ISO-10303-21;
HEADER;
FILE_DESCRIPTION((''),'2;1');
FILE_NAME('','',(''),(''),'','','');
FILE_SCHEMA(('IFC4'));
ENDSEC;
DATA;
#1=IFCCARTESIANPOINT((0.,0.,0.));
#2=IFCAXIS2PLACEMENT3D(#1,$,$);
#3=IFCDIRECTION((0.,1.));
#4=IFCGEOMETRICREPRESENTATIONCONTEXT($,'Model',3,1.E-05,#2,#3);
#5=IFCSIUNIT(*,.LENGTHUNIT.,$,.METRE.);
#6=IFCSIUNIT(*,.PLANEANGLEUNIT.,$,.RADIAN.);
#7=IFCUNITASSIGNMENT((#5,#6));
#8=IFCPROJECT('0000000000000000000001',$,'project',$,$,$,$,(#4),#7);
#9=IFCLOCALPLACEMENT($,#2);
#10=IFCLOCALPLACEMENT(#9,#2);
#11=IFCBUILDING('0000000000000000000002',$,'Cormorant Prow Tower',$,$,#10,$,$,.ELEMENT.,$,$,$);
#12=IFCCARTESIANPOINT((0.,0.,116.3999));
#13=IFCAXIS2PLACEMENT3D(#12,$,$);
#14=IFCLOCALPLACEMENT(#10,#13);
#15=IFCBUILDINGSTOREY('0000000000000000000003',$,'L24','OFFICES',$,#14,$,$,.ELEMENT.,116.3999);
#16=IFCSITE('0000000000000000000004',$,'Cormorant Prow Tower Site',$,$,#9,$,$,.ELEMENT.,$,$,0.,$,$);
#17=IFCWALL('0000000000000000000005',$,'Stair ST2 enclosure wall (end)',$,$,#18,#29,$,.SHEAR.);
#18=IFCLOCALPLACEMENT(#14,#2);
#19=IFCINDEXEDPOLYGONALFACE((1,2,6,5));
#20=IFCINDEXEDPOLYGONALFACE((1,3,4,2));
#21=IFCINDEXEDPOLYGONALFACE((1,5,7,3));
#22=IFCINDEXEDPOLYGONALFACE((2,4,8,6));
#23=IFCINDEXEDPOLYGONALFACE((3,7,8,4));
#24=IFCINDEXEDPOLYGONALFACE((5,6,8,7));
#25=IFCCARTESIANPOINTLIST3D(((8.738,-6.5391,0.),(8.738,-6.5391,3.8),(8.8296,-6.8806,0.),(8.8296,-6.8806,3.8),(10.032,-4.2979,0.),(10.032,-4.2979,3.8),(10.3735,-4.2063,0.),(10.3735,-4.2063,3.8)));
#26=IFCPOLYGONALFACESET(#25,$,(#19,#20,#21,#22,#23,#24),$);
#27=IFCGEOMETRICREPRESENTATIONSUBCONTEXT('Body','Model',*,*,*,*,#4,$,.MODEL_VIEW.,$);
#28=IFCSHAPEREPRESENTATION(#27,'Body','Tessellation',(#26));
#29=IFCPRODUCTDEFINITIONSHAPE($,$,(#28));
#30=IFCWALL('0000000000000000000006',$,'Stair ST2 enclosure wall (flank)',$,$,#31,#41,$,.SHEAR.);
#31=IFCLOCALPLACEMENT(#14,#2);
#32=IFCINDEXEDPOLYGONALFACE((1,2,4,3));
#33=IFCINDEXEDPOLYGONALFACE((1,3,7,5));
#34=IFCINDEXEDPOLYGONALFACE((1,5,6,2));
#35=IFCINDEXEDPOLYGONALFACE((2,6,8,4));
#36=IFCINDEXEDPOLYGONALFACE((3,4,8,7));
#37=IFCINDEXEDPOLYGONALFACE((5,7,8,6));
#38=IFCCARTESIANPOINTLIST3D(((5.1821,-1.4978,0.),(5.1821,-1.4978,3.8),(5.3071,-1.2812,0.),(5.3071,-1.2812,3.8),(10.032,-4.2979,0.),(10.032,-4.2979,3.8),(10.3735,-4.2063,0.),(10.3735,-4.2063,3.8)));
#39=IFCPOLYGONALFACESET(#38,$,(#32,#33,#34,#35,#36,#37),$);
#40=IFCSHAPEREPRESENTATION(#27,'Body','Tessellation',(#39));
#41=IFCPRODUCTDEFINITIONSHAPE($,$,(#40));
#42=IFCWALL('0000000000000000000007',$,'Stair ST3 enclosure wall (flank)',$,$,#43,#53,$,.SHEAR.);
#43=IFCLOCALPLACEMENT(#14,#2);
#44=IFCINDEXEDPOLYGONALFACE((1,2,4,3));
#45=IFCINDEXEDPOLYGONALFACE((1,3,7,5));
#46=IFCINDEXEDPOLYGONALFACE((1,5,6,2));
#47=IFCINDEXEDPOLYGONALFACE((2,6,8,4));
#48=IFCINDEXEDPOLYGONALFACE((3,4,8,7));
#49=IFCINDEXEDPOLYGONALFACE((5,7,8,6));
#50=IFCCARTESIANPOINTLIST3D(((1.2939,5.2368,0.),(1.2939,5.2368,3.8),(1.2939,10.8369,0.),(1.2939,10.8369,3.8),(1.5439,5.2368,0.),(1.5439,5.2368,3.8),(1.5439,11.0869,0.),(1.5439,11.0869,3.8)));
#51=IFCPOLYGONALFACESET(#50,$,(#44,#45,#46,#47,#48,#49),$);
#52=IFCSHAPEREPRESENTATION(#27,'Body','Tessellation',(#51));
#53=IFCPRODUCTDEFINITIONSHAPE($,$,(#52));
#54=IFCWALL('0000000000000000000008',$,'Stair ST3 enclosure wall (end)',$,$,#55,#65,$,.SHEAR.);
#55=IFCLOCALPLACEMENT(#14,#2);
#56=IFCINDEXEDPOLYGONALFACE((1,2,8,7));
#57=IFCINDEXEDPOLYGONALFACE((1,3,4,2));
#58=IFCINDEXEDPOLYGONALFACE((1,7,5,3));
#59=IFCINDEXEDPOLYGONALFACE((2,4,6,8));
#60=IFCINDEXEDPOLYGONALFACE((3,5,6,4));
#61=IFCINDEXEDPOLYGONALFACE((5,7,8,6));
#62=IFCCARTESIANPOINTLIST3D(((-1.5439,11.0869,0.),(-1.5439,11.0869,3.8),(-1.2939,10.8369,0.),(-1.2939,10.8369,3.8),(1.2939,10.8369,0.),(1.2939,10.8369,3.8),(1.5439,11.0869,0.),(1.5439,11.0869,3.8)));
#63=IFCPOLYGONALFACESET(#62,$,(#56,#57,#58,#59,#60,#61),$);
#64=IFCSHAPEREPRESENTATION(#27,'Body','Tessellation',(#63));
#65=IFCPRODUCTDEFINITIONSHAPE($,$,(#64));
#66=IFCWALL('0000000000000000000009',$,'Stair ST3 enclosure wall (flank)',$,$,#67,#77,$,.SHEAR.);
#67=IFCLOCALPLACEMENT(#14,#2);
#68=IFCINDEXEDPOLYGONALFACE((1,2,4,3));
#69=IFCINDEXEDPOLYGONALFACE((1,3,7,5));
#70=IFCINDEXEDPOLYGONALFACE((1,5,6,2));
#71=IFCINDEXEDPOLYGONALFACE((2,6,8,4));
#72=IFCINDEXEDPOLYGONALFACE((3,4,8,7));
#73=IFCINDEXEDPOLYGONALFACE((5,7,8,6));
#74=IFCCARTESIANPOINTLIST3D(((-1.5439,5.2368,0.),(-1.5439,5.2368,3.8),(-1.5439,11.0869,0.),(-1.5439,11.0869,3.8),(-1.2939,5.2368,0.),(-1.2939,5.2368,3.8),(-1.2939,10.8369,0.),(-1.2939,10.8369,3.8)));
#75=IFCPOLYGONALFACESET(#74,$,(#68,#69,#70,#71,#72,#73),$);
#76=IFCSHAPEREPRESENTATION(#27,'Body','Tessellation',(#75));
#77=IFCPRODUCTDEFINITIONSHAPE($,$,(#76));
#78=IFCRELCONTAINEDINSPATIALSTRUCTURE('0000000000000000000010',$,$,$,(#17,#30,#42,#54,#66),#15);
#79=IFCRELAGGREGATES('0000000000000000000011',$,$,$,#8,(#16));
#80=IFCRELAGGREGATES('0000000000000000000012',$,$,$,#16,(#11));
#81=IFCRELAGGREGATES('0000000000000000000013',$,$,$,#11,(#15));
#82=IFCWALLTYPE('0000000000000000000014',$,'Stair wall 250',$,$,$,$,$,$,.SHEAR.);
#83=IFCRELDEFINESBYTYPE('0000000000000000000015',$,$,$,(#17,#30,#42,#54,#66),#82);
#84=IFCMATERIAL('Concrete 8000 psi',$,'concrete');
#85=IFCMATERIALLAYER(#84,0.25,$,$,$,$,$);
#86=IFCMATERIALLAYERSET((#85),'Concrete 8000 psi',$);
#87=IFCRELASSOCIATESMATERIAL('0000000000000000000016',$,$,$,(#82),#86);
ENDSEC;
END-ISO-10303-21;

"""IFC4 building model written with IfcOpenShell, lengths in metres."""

from ifc_helpers import new_model, si_unit, direction, frame, origin, place, context, subcontext, project, spatial, polyline, outline, extrude, material, layer, layer_set, type_object, element, save


model = new_model("IFC4")

# Units and contexts
model_context = context("Model", 3, precision=1e-05, world=origin(), true_north=direction((0.0, 1.0)))
body_context = subcontext(model_context, "Body", "Model", "MODEL_VIEW")
ifc_project = project(units=[si_unit("LENGTHUNIT", "METRE"), si_unit("PLANEANGLEUNIT", "RADIAN")], contexts=[model_context])

# Site, building, storey
site_placement = place(None, origin())
site = spatial("IfcSite", under=ifc_project, at=site_placement, Name="Cormorant Prow Tower Site", CompositionType="ELEMENT", RefElevation=0.0)
building_placement = place(site_placement, origin())
building = spatial("IfcBuilding", under=site, at=building_placement, Name="Cormorant Prow Tower", CompositionType="ELEMENT")
storey_placement = place(building_placement, frame((0.0, 0.0, 116.3999)))
storey = spatial("IfcBuildingStorey", under=building, at=storey_placement, Name="L24", Description="OFFICES", CompositionType="ELEMENT", Elevation=116.3999)

# Walls
ifc_material_1 = material(Name="Concrete 8000 psi", Category="concrete")
ifc_layer_1 = layer(ifc_material_1, 0.25)
ifc_layer_set_1 = layer_set([ifc_layer_1], Name="Concrete 8000 psi")
wall_type_1 = type_object("IfcWallType", Name="Stair wall 250", PredefinedType="SHEAR", material=ifc_layer_set_1)
wall_1_placement = place(storey_placement, origin())
element("IfcWall", 1, at=wall_1_placement, inside=storey, type_object=wall_type_1, Name="Stair ST2 enclosure wall (end)", PredefinedType="SHEAR", context=body_context, shape_type="SweptSolid", body=[
    extrude(outline(polyline([(8.8296, -6.8806), (10.3735, -4.2063), (10.032, -4.2979), (8.738, -6.5391), (8.8296, -6.8806)])), origin(), (0.0, 0.0, 1.0), 3.8),
])
wall_2_placement = place(storey_placement, origin())
element("IfcWall", 2, at=wall_2_placement, inside=storey, type_object=wall_type_1, Name="Stair ST2 enclosure wall (flank)", PredefinedType="SHEAR", context=body_context, shape_type="SweptSolid", body=[
    extrude(outline(polyline([(10.032, -4.2979), (10.3735, -4.2063), (5.3071, -1.2812), (5.1821, -1.4978), (10.032, -4.2979)])), origin(), (0.0, 0.0, 1.0), 3.8),
])
wall_3_placement = place(storey_placement, origin())
element("IfcWall", 3, at=wall_3_placement, inside=storey, type_object=wall_type_1, Name="Stair ST3 enclosure wall (flank)", PredefinedType="SHEAR", context=body_context, shape_type="SweptSolid", body=[
    extrude(outline(polyline([(1.5439, 5.2368), (1.5439, 11.0869), (1.2939, 10.8369), (1.2939, 5.2368), (1.5439, 5.2368)])), origin(), (0.0, 0.0, 1.0), 3.8),
])
wall_4_placement = place(storey_placement, origin())
element("IfcWall", 4, at=wall_4_placement, inside=storey, type_object=wall_type_1, Name="Stair ST3 enclosure wall (end)", PredefinedType="SHEAR", context=body_context, shape_type="SweptSolid", body=[
    extrude(outline(polyline([(1.5439, 11.0869), (-1.5439, 11.0869), (-1.2939, 10.8369), (1.2939, 10.8369), (1.5439, 11.0869)])), origin(), (0.0, 0.0, 1.0), 3.8),
])
wall_5_placement = place(storey_placement, origin())
element("IfcWall", 5, at=wall_5_placement, inside=storey, type_object=wall_type_1, Name="Stair ST3 enclosure wall (flank)", PredefinedType="SHEAR", context=body_context, shape_type="SweptSolid", body=[
    extrude(outline(polyline([(-1.2939, 10.8369), (-1.5439, 11.0869), (-1.5439, 5.2368), (-1.2939, 5.2368), (-1.2939, 10.8369)])), origin(), (0.0, 0.0, 1.0), 3.8),
])

save(model, "model.ifc")
